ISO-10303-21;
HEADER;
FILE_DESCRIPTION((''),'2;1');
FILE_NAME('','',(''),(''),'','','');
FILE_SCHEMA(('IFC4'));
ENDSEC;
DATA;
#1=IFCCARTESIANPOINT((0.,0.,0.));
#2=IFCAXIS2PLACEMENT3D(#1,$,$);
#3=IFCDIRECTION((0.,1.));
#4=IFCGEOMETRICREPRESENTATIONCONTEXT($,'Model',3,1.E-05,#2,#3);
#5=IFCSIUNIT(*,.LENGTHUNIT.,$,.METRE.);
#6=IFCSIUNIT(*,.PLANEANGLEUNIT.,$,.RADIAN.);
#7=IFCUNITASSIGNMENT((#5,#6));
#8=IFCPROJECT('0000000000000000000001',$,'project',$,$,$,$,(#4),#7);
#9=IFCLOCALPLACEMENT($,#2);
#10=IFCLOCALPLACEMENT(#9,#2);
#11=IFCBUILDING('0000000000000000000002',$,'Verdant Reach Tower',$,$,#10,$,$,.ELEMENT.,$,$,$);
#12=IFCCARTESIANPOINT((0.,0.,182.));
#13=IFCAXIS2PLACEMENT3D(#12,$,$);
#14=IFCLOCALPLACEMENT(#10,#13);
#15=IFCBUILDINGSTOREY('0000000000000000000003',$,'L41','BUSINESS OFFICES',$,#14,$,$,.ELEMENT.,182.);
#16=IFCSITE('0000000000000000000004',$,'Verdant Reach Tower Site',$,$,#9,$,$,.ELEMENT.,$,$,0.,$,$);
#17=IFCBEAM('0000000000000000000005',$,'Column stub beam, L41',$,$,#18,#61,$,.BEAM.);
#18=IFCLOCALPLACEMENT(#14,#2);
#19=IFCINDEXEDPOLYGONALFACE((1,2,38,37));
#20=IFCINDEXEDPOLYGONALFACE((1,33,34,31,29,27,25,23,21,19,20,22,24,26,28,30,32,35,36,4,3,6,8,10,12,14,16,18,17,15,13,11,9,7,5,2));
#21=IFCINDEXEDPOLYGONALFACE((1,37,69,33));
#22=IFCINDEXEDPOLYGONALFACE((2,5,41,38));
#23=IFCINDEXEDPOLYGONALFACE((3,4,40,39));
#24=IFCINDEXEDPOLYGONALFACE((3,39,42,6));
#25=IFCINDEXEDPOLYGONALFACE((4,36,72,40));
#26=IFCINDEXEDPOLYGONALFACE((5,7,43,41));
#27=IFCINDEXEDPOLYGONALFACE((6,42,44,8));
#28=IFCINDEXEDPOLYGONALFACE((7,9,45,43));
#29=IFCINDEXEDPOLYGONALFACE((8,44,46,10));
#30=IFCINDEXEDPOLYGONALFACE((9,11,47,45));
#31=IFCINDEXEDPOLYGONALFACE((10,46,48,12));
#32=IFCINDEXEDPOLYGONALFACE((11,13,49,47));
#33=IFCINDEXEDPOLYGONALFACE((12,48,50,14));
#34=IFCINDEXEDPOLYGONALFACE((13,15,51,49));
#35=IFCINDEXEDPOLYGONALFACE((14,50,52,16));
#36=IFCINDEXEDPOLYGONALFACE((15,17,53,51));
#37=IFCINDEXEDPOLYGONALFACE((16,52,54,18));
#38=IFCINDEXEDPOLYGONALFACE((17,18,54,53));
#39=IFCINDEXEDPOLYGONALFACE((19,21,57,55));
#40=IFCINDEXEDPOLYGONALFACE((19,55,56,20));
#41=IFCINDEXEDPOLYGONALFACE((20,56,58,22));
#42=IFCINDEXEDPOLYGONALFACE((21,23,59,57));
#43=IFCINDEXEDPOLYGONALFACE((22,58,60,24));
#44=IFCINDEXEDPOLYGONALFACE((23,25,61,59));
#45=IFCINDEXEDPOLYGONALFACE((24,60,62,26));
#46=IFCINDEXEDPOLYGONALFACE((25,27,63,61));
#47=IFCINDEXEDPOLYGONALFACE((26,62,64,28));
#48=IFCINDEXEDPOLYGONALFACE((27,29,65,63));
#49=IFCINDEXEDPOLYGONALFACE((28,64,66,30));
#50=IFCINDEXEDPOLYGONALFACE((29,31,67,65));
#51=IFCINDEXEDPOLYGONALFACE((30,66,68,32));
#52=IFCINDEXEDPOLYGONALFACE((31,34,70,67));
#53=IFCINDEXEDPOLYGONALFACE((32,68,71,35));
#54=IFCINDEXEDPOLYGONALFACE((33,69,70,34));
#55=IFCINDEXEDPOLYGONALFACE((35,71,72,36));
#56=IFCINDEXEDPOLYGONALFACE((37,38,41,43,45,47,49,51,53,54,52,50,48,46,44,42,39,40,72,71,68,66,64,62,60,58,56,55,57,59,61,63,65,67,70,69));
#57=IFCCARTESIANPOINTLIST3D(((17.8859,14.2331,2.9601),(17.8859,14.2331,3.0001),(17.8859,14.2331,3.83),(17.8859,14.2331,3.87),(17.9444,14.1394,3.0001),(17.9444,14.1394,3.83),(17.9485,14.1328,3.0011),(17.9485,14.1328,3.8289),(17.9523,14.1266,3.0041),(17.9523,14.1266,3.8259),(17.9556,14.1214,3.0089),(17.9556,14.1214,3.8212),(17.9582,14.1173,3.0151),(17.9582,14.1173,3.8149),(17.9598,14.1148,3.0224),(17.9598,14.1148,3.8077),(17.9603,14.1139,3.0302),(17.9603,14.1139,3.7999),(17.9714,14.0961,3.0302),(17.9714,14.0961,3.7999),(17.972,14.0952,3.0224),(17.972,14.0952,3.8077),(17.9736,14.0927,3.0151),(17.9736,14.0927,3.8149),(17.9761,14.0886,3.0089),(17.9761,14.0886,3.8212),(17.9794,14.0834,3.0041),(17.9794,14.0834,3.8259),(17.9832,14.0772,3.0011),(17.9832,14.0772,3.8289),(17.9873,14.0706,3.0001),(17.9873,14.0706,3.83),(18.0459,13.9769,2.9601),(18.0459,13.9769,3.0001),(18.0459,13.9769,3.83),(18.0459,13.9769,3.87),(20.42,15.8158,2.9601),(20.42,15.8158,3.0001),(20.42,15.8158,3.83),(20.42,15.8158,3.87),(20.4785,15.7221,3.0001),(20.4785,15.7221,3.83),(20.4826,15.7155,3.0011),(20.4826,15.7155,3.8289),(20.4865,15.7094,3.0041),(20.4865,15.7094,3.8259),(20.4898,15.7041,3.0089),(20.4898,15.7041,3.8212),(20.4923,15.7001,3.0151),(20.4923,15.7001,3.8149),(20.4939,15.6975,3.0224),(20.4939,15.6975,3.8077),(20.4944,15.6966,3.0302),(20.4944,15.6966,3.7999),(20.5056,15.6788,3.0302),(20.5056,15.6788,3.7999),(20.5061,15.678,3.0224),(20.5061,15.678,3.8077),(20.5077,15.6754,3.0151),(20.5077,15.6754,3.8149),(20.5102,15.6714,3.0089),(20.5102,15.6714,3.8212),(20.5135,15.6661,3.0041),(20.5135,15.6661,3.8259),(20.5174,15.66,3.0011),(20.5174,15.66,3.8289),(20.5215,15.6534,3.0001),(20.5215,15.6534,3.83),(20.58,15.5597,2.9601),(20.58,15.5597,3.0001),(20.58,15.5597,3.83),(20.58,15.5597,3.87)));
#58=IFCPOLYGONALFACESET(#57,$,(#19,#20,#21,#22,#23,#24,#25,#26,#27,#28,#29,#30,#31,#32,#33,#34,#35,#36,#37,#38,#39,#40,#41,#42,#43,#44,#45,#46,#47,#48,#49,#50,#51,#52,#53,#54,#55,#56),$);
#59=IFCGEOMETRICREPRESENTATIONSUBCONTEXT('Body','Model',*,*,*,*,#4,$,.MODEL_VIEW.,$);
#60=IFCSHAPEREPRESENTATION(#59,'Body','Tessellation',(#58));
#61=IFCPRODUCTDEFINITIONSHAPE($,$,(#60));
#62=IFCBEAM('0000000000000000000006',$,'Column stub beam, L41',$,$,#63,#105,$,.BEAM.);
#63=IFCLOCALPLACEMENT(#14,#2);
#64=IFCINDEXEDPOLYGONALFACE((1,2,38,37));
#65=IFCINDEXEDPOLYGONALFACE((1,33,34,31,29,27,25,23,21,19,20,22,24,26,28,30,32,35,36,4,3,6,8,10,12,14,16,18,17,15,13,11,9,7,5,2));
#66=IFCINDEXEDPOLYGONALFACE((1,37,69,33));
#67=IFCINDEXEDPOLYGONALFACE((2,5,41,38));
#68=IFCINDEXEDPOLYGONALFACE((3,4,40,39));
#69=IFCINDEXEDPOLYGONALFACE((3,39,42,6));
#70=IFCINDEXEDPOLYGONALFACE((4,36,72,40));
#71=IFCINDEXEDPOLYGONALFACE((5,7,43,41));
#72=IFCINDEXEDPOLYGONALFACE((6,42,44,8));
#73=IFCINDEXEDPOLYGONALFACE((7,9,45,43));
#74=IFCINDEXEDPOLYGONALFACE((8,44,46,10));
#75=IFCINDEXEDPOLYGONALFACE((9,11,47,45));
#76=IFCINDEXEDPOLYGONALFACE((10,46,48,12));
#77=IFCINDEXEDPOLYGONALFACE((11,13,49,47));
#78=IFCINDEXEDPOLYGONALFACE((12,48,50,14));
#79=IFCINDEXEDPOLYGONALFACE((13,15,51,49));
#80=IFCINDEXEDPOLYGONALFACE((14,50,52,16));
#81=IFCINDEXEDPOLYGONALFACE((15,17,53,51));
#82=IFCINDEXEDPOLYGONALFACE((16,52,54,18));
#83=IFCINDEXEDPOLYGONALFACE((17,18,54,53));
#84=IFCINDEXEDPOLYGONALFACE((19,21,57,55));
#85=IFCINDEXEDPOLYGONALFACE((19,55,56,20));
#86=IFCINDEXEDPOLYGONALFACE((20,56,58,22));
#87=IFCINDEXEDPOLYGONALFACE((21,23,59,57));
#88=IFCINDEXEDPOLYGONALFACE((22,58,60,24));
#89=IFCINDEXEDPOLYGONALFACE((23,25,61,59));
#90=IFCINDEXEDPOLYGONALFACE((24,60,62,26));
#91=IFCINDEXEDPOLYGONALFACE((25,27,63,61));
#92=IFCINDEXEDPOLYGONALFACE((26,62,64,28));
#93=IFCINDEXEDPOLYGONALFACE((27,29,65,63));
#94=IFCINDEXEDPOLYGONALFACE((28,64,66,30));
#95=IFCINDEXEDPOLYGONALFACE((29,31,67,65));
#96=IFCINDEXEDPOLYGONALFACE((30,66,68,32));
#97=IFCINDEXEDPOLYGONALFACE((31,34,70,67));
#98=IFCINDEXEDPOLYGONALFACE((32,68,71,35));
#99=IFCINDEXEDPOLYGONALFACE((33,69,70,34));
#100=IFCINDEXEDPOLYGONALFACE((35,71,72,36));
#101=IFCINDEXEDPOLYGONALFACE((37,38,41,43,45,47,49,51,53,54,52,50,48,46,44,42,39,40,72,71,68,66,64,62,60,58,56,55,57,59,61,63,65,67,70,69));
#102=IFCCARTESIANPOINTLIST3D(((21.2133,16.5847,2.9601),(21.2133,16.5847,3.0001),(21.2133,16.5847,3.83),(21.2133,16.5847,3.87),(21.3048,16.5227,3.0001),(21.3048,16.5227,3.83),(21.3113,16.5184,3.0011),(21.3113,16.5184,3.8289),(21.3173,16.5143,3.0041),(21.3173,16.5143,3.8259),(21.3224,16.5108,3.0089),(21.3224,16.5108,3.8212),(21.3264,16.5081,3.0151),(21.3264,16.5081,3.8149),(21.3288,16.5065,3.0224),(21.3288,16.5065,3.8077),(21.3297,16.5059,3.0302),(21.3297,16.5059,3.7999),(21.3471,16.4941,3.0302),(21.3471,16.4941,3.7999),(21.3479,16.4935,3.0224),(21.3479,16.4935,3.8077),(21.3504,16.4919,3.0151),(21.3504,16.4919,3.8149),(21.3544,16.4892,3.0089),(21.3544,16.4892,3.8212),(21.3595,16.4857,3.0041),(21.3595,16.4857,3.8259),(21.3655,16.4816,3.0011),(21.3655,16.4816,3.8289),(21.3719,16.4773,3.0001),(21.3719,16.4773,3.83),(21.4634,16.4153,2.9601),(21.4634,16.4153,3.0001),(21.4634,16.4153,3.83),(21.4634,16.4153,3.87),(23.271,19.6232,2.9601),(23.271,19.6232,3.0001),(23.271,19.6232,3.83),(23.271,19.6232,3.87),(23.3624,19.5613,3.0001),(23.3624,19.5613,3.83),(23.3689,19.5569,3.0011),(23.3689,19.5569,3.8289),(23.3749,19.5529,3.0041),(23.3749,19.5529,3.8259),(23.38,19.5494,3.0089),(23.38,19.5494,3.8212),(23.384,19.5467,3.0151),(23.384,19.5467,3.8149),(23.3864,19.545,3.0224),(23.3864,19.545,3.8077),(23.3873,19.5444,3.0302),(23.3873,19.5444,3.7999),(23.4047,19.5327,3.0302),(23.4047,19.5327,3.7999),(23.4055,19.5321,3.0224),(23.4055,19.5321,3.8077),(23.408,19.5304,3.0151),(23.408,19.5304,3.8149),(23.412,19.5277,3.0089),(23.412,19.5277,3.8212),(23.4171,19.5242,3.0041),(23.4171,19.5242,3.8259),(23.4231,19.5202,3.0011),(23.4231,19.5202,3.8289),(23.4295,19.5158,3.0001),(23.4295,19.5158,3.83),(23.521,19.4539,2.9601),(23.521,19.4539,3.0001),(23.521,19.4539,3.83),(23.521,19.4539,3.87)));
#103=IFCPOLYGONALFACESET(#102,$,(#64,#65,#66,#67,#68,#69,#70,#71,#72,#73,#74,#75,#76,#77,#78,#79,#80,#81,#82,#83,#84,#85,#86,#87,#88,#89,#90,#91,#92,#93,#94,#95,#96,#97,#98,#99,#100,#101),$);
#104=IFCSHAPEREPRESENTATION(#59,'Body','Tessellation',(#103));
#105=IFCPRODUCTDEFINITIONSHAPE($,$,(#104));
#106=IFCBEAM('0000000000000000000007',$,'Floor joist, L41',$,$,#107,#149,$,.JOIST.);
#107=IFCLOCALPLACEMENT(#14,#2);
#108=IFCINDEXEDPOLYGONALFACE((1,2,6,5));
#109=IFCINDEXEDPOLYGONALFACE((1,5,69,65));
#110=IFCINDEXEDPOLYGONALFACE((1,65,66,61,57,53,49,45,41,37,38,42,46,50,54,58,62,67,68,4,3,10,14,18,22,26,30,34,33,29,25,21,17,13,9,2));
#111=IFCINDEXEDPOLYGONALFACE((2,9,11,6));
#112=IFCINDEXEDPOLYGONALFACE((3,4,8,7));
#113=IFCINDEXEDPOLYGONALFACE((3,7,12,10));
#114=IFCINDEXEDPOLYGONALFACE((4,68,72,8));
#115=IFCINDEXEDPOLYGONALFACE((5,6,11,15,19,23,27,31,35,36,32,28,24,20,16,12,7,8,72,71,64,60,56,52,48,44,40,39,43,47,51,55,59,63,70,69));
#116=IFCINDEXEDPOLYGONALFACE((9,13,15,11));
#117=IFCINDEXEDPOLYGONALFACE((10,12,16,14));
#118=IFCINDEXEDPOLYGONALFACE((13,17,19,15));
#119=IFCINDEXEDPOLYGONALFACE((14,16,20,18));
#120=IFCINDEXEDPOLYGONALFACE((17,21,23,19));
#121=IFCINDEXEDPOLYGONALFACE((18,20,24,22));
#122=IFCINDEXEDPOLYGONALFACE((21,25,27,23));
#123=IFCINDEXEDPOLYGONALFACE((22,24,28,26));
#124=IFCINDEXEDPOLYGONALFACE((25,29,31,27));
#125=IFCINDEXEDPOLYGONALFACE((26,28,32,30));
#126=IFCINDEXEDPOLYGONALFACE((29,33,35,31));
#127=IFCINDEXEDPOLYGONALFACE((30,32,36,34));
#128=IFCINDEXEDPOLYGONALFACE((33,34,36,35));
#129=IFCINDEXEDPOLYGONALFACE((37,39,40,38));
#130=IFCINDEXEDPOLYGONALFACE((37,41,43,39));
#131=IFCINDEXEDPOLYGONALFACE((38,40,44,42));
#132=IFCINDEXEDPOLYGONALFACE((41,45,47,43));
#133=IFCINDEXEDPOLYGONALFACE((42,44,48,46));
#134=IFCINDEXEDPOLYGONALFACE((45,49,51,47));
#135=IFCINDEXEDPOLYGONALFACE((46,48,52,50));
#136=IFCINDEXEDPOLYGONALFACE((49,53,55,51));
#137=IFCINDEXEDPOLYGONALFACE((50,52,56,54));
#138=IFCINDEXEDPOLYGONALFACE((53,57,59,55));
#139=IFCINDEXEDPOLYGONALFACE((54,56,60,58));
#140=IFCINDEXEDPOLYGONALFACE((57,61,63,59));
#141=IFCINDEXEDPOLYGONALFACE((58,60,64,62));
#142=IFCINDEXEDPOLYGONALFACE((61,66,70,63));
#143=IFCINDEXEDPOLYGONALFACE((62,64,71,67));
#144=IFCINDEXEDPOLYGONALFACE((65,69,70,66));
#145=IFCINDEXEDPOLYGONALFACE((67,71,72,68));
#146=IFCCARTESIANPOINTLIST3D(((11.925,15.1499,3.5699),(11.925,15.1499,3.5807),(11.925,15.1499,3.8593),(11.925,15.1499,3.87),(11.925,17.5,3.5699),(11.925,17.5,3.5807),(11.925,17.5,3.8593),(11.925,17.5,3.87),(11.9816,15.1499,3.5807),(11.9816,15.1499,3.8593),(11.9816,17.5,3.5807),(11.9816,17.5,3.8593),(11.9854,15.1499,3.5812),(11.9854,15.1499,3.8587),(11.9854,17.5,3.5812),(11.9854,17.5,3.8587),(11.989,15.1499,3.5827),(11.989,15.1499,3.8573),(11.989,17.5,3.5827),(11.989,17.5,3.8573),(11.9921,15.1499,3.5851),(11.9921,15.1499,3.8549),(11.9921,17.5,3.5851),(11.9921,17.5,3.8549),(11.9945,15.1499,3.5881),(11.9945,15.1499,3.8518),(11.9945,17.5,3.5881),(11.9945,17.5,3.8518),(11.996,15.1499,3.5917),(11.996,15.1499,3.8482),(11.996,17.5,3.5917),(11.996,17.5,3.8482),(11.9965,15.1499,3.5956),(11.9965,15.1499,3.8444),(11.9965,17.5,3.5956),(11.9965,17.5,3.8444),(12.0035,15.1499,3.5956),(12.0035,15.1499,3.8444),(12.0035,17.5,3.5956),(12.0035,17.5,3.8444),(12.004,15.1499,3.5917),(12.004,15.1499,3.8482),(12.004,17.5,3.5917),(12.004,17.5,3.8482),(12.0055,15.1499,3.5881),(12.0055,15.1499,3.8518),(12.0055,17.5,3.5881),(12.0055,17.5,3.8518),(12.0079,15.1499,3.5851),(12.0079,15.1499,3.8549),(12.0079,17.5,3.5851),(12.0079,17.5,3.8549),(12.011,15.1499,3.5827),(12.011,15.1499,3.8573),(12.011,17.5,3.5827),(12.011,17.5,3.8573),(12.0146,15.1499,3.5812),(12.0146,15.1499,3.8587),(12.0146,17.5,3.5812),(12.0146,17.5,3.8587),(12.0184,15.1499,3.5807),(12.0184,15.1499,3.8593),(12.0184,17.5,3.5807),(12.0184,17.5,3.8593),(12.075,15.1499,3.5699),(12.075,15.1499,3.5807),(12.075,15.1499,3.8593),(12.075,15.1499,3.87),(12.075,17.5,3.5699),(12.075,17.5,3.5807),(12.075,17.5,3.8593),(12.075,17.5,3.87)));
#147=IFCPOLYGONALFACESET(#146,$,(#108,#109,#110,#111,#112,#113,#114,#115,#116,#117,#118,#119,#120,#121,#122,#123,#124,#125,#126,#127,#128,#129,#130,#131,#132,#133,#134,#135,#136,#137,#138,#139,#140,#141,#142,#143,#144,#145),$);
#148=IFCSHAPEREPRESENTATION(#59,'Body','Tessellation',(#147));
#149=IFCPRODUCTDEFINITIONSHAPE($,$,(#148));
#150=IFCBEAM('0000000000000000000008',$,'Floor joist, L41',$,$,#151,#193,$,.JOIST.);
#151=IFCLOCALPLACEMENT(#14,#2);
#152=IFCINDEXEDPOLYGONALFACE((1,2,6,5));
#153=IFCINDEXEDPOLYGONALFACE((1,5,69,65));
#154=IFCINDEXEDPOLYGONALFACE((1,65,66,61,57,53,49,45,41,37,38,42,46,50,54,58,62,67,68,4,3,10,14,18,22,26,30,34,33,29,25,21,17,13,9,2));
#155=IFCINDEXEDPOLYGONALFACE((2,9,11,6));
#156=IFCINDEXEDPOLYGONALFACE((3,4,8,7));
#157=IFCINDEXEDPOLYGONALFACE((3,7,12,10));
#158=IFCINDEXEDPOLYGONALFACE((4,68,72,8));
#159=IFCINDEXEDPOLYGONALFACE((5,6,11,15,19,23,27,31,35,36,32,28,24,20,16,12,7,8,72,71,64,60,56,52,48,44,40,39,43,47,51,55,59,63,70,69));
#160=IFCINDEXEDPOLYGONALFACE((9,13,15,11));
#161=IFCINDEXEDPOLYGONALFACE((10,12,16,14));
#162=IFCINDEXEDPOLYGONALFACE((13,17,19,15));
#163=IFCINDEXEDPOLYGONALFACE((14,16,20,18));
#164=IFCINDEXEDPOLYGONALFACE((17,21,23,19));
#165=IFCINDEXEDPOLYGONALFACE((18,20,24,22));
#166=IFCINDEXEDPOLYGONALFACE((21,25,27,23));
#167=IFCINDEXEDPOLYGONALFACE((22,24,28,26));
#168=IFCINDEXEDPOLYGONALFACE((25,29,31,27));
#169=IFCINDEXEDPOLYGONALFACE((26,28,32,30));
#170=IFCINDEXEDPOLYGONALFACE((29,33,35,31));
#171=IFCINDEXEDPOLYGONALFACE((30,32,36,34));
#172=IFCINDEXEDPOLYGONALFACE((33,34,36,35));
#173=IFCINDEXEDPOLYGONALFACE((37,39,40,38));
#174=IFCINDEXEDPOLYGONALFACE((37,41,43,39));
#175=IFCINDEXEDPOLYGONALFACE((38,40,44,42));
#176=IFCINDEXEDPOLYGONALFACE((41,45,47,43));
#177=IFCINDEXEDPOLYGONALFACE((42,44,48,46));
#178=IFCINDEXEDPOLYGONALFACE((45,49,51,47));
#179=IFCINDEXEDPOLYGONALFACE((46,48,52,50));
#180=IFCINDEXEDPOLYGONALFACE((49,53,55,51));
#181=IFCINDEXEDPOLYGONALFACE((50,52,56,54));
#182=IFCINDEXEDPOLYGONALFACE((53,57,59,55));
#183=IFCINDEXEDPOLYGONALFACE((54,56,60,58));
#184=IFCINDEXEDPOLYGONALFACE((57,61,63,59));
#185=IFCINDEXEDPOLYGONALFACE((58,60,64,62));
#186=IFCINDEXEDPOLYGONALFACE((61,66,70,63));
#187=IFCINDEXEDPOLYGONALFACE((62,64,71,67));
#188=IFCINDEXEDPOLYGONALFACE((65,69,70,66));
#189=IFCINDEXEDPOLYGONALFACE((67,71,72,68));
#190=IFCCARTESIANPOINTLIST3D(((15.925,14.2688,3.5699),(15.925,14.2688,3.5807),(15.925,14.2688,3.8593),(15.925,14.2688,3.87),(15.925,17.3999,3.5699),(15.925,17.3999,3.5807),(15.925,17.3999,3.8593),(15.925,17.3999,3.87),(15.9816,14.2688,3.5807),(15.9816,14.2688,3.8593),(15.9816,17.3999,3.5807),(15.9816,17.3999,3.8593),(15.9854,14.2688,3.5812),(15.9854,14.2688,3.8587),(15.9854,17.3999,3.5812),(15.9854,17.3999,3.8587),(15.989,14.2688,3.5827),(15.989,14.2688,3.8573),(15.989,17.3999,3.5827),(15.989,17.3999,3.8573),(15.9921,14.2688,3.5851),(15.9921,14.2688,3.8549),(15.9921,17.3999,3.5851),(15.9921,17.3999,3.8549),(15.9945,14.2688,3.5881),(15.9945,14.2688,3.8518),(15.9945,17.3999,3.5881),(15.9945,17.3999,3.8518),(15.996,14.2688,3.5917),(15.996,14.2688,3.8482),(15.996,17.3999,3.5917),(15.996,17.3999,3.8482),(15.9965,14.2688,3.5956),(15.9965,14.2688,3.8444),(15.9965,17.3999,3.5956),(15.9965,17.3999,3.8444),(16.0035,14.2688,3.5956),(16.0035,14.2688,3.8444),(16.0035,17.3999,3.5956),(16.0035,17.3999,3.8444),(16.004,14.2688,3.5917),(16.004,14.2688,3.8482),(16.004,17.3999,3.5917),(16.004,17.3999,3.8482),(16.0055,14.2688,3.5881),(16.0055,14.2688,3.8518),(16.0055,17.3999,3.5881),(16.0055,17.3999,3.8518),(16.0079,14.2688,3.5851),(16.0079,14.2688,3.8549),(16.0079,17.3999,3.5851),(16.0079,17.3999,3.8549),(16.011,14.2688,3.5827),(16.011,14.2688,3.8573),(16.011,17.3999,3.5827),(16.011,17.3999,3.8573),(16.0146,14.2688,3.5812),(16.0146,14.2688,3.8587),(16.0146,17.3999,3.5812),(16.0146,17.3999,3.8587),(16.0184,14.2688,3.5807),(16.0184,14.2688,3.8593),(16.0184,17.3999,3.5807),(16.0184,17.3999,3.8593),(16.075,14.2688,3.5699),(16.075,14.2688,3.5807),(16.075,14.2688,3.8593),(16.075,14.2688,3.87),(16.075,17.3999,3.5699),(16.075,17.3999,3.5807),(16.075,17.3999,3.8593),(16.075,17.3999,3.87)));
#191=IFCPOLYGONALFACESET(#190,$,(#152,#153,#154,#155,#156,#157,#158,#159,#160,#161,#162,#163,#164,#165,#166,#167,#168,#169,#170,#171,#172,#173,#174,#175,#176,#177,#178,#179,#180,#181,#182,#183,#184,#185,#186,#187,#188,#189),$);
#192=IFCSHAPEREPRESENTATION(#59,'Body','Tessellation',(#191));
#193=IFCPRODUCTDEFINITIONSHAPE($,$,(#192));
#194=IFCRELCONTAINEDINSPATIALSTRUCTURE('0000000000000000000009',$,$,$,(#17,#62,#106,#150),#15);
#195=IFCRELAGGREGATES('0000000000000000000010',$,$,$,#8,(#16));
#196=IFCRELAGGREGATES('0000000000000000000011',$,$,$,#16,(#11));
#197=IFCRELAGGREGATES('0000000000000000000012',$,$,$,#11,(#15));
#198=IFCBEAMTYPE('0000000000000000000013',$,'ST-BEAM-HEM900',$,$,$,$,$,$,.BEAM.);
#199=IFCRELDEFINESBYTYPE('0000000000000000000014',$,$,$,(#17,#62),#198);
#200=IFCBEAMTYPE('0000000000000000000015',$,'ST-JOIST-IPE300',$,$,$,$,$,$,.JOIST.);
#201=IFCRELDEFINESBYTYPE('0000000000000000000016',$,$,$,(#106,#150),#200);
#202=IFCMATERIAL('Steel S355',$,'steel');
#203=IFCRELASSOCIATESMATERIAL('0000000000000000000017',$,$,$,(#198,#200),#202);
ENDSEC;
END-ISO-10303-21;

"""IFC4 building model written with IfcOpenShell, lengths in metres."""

from ifc_helpers import new_model, si_unit, direction, frame, origin, origin_2d, place, context, subcontext, project, spatial, i_section, extrude, material, material_profile, profile_set, type_object, element, save


model = new_model("IFC4")

# Units and contexts
model_context = context("Model", 3, precision=1e-05, world=origin(), true_north=direction((0.0, 1.0)))
body_context = subcontext(model_context, "Body", "Model", "MODEL_VIEW")
ifc_project = project(units=[si_unit("LENGTHUNIT", "METRE"), si_unit("PLANEANGLEUNIT", "RADIAN")], contexts=[model_context])

# Site, building, storey
site_placement = place(None, origin())
site = spatial("IfcSite", under=ifc_project, at=site_placement, Name="Verdant Reach Tower Site", CompositionType="ELEMENT", RefElevation=0.0)
building_placement = place(site_placement, origin())
building = spatial("IfcBuilding", under=site, at=building_placement, Name="Verdant Reach Tower", CompositionType="ELEMENT")
storey_placement = place(building_placement, frame((0.0, 0.0, 182.0)))
storey = spatial("IfcBuildingStorey", under=building, at=storey_placement, Name="L41", Description="BUSINESS OFFICES", CompositionType="ELEMENT", Elevation=182.0)

# Beams
ifc_material_1 = material(Name="Steel S355", Category="steel")
ifc_material_profile_1 = material_profile(ifc_material_1, i_section(OverallWidth=0.302, OverallDepth=0.9099, WebThickness=0.021, FlangeThickness=0.04, FilletRadius=0.03, at=origin_2d()), Name="HEM 900")
ifc_profile_set_1 = profile_set([ifc_material_profile_1], Name="Steel S355")
beam_type_1 = type_object("IfcBeamType", Name="ST-BEAM-HEM900", PredefinedType="BEAM", material=ifc_profile_set_1)
beam_1_placement = place(storey_placement, frame((20.5, 15.6877, 3.415), z_axis=(-0.848164, -0.529735, 0.0), x_axis=(0.529735, -0.848164, 0.0)))
element("IfcBeam", 1, at=beam_1_placement, inside=storey, type_object=beam_type_1, Name="Column stub beam, L41", PredefinedType="BEAM", context=body_context, shape_type="SweptSolid", body=[
    extrude(i_section(OverallWidth=0.302, OverallDepth=0.9099, WebThickness=0.021, FlangeThickness=0.04, FilletRadius=0.03, at=origin_2d()), origin(), (0.0, 0.0, 1.0), 2.9878),
])
beam_2_placement = place(storey_placement, frame((21.3384, 16.5, 3.415), z_axis=(0.560704, 0.828016, 0.0), x_axis=(-0.828016, 0.560704, 0.0)))
element("IfcBeam", 2, at=beam_2_placement, inside=storey, type_object=beam_type_1, Name="Column stub beam, L41", PredefinedType="BEAM", context=body_context, shape_type="SweptSolid", body=[
    extrude(i_section(OverallWidth=0.302, OverallDepth=0.9099, WebThickness=0.021, FlangeThickness=0.04, FilletRadius=0.03, at=origin_2d()), origin(), (0.0, 0.0, 1.0), 3.6697),
])
ifc_material_profile_2 = material_profile(ifc_material_1, i_section(OverallWidth=0.1499, OverallDepth=0.3, WebThickness=0.0071, FlangeThickness=0.0107, FilletRadius=0.0149, at=origin_2d()), Name="IPE 300")
ifc_profile_set_2 = profile_set([ifc_material_profile_2], Name="Steel S355")
beam_type_2 = type_object("IfcBeamType", Name="ST-JOIST-IPE300", PredefinedType="JOIST", material=ifc_profile_set_2)
beam_3_placement = place(storey_placement, frame((12.0, 17.5, 3.72), z_axis=(0.0, -1.0, 0.0), x_axis=(1.0, 0.0, 0.0)))
element("IfcBeam", 3, at=beam_3_placement, inside=storey, type_object=beam_type_2, Name="Floor joist, L41", PredefinedType="JOIST", context=body_context, shape_type="SweptSolid", body=[
    extrude(i_section(OverallWidth=0.1499, OverallDepth=0.3, WebThickness=0.0071, FlangeThickness=0.0107, FilletRadius=0.0149, at=origin_2d()), origin(), (0.0, 0.0, 1.0), 2.3501),
])
beam_4_placement = place(storey_placement, frame((16.0, 17.3999, 3.72), z_axis=(0.0, -1.0, 0.0), x_axis=(1.0, 0.0, 0.0)))
element("IfcBeam", 4, at=beam_4_placement, inside=storey, type_object=beam_type_2, Name="Floor joist, L41", PredefinedType="JOIST", context=body_context, shape_type="SweptSolid", body=[
    extrude(i_section(OverallWidth=0.1499, OverallDepth=0.3, WebThickness=0.0071, FlangeThickness=0.0107, FilletRadius=0.0149, at=origin_2d()), origin(), (0.0, 0.0, 1.0), 3.1311),
])

save(model, "model.ifc")
